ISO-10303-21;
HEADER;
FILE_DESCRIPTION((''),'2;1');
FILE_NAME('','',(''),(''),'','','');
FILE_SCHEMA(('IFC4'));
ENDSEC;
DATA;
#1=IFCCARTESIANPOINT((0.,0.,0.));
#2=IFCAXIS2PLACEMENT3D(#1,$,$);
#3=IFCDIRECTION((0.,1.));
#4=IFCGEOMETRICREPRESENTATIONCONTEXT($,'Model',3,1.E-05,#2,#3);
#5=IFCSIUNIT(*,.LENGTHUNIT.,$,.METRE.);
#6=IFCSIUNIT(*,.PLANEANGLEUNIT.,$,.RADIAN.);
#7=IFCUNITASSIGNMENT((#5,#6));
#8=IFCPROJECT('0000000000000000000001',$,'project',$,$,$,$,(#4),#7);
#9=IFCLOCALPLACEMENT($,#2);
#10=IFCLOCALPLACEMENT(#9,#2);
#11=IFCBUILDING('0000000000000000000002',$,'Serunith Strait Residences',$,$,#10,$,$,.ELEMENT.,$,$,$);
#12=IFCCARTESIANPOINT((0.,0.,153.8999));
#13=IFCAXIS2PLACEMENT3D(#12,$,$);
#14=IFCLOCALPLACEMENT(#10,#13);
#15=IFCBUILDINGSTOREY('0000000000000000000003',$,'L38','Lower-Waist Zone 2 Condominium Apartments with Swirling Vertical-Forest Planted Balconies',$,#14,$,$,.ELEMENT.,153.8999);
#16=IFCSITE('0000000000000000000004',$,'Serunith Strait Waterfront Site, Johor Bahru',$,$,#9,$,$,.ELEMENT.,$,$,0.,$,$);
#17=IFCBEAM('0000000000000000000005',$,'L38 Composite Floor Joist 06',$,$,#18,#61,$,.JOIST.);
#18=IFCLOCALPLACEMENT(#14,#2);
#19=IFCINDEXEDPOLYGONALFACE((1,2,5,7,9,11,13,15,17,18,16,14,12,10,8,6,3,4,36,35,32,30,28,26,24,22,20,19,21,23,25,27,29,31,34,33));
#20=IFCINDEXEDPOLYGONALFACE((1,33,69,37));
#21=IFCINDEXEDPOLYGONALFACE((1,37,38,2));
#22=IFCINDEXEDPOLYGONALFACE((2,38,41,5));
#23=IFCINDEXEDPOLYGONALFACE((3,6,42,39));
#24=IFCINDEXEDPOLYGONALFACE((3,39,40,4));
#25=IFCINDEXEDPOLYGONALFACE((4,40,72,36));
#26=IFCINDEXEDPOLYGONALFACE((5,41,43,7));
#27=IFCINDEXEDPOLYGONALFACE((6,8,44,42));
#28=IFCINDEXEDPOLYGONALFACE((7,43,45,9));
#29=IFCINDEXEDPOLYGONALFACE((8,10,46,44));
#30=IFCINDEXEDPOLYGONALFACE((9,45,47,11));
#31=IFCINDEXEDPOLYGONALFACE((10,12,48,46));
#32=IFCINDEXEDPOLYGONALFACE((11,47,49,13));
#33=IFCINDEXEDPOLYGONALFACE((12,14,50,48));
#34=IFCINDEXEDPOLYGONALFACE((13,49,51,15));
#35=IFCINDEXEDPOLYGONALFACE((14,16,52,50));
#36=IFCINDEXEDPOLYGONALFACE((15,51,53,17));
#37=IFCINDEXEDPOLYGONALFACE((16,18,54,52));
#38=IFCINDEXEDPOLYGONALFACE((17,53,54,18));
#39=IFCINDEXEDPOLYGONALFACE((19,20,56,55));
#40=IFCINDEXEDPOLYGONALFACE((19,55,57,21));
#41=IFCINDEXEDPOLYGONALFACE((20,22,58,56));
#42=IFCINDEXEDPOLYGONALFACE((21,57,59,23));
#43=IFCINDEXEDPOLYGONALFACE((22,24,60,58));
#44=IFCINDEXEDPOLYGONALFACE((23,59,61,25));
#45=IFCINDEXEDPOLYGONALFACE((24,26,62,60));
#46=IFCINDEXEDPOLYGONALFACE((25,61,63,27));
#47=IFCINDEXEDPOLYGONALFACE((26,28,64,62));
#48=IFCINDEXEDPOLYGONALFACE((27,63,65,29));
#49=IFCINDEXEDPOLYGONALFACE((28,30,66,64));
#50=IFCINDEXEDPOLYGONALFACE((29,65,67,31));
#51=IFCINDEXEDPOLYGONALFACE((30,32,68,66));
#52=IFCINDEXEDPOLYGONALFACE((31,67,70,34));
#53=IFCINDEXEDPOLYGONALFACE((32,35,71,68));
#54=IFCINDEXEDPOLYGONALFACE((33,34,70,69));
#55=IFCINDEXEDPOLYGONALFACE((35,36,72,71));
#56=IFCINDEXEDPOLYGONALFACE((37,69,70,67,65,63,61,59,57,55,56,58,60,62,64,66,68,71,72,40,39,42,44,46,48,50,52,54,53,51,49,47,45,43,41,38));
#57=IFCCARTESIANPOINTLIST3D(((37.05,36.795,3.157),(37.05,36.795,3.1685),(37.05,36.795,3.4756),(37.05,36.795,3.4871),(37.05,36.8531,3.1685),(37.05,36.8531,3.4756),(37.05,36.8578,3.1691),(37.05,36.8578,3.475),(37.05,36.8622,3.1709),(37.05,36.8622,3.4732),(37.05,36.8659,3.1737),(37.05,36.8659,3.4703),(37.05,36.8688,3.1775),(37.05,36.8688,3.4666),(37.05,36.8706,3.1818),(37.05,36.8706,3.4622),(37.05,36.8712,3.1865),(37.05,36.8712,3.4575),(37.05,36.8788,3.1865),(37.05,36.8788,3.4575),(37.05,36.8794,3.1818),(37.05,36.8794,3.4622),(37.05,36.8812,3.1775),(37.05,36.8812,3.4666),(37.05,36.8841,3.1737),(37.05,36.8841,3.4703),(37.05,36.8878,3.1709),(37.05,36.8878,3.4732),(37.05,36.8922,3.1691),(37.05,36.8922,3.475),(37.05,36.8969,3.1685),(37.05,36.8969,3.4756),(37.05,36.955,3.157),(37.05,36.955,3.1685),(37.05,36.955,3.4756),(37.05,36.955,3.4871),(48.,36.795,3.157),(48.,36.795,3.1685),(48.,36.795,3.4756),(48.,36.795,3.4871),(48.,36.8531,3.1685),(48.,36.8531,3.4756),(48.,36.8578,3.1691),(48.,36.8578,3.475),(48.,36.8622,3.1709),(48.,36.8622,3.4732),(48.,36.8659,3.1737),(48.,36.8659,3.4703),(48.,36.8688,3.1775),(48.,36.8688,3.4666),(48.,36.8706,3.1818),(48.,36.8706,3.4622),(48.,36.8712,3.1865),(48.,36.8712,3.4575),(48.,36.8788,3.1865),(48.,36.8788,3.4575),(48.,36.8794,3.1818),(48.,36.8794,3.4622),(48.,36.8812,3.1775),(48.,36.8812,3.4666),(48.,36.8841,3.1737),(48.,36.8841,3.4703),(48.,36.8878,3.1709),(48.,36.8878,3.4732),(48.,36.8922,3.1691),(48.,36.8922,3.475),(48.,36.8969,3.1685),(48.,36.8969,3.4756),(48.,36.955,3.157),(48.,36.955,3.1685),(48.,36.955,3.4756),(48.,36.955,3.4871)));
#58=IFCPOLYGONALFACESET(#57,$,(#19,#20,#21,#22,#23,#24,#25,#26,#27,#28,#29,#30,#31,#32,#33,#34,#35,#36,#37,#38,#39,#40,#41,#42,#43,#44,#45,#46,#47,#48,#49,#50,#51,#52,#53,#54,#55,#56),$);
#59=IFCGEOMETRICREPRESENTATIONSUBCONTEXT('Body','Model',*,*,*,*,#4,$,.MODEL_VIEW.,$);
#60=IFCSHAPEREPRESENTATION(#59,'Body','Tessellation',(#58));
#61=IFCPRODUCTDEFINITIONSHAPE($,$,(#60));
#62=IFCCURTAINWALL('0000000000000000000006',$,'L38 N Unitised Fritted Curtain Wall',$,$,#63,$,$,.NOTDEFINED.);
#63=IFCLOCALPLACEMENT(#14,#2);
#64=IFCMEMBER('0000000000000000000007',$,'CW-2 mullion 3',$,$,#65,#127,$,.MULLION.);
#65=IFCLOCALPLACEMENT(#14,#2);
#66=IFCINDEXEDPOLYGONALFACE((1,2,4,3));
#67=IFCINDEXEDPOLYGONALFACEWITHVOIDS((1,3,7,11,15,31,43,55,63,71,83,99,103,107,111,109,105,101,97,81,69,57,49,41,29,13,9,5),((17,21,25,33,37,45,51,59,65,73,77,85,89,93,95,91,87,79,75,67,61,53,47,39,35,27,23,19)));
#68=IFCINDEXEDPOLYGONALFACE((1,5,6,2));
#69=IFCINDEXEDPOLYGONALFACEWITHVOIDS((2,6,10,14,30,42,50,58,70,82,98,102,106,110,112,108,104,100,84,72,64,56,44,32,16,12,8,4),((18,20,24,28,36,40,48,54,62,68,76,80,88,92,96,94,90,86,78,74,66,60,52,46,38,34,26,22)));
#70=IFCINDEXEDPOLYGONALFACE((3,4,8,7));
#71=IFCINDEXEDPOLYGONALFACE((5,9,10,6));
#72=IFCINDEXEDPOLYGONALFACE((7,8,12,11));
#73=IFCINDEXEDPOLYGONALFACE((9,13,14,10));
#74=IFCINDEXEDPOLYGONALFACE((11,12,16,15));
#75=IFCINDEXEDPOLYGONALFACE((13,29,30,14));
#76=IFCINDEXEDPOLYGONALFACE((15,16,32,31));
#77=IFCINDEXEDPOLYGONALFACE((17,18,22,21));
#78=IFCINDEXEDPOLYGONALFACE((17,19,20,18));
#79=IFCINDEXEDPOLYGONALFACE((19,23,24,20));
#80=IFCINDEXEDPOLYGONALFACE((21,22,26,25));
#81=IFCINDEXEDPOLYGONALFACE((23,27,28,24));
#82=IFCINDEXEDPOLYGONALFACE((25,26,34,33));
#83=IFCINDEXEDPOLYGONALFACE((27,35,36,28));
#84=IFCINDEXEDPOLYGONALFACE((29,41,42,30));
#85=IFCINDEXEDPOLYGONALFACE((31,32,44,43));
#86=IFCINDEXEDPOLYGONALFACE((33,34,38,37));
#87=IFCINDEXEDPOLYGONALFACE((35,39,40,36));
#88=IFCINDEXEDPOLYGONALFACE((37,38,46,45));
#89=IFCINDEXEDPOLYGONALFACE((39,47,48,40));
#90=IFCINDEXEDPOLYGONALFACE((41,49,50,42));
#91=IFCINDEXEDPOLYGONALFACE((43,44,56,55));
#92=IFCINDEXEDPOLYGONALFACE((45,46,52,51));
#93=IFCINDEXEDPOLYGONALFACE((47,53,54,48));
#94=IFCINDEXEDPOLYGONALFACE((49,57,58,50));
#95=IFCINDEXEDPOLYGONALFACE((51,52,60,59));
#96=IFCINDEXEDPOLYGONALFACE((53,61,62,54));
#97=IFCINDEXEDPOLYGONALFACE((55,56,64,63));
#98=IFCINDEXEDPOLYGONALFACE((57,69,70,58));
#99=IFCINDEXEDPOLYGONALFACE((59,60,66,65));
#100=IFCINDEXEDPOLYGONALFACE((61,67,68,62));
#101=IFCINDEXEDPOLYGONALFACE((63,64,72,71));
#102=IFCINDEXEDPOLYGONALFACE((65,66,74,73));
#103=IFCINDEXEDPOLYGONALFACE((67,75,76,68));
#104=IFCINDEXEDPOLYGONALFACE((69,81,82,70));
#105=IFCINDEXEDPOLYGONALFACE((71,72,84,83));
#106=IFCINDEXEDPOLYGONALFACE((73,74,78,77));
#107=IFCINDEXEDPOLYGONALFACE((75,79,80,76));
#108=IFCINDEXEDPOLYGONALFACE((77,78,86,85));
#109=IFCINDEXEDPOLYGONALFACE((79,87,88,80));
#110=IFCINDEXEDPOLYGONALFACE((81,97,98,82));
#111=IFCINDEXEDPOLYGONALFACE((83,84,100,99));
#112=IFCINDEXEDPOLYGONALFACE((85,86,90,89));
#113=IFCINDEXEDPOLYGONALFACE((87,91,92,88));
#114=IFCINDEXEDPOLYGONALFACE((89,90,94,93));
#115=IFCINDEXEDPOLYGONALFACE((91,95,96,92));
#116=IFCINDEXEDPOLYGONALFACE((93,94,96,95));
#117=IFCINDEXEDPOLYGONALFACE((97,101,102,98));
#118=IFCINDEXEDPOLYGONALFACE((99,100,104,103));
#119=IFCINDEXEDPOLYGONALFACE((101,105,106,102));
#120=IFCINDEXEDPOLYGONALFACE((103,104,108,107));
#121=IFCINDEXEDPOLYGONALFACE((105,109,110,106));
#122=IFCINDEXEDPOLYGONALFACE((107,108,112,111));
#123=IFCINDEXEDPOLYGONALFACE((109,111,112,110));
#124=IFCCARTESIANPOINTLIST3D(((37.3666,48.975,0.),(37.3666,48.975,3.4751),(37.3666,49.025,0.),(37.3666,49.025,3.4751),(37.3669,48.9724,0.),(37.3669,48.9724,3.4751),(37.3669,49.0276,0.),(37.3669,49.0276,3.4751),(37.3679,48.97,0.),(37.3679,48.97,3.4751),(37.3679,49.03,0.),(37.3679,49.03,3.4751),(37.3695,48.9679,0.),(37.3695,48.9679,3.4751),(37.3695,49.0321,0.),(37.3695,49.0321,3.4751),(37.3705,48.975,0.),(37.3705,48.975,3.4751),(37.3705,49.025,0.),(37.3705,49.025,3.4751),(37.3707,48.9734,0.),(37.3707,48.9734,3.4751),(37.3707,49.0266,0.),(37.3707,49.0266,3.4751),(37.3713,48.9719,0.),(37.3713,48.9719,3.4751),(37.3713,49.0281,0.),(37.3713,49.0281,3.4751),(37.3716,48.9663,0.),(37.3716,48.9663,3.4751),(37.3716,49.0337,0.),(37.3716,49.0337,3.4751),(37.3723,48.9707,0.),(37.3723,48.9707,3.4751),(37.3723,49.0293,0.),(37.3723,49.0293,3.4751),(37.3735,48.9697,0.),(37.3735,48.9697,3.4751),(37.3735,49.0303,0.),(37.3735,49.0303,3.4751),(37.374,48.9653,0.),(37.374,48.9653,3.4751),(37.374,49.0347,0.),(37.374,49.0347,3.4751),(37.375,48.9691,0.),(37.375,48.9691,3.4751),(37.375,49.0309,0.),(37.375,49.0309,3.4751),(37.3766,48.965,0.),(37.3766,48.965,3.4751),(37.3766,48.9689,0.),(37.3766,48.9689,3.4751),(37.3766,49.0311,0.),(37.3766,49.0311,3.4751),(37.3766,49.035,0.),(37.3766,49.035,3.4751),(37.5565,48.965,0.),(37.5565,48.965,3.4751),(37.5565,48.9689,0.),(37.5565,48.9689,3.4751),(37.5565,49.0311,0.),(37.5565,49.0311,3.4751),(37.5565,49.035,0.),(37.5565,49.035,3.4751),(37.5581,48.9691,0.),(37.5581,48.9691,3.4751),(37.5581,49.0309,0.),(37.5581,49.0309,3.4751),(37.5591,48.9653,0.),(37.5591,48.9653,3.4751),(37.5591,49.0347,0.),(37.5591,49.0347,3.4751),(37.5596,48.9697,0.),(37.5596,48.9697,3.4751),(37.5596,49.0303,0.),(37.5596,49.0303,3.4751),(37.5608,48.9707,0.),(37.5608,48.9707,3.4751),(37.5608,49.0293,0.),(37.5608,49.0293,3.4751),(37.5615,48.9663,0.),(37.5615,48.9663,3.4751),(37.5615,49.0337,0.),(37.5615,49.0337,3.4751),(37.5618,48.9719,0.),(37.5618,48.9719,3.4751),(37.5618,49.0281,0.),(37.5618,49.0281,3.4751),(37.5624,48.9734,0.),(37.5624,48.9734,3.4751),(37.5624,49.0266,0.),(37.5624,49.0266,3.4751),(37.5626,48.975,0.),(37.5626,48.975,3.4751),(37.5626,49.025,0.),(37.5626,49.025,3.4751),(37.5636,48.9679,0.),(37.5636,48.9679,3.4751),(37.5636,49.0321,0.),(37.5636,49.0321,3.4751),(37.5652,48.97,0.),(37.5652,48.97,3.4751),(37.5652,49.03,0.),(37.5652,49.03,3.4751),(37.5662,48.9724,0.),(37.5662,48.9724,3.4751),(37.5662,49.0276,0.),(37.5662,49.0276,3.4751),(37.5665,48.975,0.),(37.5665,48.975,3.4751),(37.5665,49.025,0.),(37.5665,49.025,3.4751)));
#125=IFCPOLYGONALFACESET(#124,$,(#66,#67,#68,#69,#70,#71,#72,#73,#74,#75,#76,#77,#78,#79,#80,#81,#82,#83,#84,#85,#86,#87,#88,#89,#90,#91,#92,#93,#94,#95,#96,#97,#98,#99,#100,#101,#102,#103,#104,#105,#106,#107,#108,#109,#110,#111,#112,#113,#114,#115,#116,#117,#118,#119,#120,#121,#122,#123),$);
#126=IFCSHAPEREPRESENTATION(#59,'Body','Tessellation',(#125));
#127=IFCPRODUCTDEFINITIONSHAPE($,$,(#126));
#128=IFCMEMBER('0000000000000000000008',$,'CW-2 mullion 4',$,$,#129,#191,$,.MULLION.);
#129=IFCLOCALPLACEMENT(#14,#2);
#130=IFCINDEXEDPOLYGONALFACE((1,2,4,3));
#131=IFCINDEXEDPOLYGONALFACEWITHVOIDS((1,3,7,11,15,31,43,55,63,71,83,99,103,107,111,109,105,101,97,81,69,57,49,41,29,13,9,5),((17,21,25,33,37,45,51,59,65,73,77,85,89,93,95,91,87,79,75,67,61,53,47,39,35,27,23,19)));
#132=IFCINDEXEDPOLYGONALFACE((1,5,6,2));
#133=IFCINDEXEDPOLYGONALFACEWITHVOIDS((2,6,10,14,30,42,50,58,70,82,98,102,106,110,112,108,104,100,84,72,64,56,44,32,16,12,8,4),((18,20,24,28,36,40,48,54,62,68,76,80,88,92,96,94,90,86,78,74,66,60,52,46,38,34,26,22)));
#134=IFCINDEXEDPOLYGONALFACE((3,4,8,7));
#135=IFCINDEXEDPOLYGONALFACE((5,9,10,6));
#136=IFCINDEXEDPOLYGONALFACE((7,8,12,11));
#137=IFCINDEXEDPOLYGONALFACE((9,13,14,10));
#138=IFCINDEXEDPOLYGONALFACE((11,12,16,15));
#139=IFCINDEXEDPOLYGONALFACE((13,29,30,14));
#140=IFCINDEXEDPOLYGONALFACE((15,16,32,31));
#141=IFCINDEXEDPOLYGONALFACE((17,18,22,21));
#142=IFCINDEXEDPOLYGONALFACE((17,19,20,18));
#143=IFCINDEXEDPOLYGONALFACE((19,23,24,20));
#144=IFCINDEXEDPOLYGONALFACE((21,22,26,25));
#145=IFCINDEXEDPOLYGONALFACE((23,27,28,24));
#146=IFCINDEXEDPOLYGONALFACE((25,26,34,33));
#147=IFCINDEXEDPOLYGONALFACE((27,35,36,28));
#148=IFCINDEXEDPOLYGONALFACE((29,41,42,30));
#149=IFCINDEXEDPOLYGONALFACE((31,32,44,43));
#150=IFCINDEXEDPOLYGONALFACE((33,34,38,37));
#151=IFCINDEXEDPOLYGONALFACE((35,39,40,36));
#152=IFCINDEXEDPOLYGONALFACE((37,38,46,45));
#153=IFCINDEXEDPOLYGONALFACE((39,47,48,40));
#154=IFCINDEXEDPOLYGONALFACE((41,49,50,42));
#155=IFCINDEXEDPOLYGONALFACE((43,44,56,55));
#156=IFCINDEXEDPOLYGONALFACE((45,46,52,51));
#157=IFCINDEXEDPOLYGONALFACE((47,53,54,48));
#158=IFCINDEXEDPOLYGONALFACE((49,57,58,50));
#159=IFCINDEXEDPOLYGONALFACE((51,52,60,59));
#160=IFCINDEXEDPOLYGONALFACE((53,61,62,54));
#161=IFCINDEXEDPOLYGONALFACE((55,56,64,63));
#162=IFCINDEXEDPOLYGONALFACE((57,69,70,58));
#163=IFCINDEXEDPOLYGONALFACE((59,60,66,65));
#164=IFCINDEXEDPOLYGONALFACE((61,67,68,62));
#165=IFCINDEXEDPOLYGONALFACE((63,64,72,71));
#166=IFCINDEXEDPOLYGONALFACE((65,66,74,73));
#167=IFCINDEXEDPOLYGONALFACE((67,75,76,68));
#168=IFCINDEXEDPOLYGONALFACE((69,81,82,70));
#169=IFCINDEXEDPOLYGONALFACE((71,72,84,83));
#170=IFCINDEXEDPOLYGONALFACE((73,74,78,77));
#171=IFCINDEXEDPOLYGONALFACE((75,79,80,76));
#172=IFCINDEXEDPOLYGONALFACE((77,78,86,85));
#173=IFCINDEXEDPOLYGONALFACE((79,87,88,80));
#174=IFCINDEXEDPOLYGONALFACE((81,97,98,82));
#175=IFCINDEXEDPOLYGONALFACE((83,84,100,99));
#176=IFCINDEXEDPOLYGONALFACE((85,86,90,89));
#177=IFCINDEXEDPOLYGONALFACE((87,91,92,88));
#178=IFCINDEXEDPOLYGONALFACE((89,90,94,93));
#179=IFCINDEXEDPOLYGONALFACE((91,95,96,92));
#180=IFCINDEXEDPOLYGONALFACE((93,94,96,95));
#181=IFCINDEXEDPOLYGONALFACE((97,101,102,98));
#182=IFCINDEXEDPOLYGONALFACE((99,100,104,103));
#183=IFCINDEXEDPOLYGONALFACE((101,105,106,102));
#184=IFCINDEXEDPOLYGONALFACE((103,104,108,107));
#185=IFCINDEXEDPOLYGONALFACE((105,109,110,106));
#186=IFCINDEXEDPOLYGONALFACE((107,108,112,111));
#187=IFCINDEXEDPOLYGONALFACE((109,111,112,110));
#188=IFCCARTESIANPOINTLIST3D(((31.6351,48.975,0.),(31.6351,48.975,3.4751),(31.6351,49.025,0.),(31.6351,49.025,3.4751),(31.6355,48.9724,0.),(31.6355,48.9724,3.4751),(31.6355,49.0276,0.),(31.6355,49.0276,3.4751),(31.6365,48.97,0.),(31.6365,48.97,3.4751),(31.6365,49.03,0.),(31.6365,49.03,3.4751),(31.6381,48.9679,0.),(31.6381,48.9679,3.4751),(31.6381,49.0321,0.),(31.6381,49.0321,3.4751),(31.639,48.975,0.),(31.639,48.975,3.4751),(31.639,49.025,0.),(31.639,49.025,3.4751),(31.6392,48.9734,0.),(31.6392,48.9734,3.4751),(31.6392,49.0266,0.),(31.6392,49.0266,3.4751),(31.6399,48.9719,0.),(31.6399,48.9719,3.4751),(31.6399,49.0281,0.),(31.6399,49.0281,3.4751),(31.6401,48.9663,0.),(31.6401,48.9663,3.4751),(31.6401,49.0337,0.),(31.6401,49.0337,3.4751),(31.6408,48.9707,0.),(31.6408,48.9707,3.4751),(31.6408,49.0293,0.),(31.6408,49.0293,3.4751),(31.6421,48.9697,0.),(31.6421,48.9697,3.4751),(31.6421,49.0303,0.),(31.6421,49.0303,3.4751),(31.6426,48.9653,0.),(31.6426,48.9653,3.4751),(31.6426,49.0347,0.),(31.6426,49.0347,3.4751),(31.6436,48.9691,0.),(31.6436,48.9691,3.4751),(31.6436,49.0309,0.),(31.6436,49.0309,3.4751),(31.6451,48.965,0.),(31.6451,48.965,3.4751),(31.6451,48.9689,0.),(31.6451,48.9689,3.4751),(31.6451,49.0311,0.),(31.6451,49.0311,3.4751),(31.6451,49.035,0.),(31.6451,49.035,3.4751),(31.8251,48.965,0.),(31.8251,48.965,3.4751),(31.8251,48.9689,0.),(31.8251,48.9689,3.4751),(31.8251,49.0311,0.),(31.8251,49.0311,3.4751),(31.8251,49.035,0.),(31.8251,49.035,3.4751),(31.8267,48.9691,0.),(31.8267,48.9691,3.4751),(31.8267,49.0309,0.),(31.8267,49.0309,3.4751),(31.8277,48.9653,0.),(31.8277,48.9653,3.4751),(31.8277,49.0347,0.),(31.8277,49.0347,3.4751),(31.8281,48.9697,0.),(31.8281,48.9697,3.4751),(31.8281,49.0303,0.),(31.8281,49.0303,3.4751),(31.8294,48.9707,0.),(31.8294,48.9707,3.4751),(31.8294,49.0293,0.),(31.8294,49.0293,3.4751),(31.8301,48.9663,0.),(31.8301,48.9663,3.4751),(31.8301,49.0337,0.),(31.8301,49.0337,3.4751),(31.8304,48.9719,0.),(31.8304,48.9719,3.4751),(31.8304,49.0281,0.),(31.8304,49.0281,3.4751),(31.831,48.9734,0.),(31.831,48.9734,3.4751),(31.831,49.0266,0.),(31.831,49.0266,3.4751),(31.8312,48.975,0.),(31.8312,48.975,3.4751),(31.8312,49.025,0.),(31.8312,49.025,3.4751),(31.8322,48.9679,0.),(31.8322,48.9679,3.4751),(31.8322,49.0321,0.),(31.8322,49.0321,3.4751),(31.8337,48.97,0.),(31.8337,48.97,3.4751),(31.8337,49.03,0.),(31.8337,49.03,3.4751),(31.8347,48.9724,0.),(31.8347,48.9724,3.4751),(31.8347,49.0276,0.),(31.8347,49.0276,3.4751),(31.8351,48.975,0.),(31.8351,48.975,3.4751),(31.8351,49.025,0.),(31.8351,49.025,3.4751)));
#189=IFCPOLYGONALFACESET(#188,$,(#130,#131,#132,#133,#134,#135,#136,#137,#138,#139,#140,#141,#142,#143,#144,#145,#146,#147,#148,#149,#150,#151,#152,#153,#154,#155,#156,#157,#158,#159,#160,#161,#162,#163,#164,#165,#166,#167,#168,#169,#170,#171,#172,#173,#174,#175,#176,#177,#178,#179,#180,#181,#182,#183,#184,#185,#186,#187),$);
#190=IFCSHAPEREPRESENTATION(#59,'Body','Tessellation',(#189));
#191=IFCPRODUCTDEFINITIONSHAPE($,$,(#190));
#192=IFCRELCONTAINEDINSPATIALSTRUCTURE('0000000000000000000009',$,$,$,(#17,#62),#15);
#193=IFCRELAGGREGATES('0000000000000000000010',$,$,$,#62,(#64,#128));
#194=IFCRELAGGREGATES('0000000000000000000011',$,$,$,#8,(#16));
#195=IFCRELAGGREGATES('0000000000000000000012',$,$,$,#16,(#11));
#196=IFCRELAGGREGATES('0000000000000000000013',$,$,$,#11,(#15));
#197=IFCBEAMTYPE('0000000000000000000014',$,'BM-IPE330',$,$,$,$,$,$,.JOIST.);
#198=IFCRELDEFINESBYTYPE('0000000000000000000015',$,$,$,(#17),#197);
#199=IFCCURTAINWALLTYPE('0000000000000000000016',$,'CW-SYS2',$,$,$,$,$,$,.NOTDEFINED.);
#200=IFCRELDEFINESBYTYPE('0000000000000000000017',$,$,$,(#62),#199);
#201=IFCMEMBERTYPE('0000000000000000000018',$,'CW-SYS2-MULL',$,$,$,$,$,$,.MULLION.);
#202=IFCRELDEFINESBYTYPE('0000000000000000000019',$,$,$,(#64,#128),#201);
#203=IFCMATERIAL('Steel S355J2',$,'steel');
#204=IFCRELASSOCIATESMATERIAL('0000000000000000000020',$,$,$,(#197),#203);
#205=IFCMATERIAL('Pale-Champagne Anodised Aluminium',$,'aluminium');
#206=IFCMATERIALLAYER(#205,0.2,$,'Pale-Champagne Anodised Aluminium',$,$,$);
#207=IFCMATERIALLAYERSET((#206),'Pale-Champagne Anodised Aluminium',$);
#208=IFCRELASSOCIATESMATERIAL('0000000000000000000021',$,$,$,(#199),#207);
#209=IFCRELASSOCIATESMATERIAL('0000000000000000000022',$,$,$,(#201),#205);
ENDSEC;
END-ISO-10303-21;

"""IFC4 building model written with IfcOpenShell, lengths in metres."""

from ifc_helpers import new_model, si_unit, direction, frame, origin, origin_2d, place, context, subcontext, project, spatial, hollow_rectangle, i_section, extrude, source, transform, mapped, material, layer, layer_set, material_profile, profile_set, type_object, element, aggregate, save


model = new_model("IFC4")

# Units and contexts
model_context = context("Model", 3, precision=1e-05, world=origin(), true_north=direction((0.0, 1.0)))
body_context = subcontext(model_context, "Body", "Model", "MODEL_VIEW")
ifc_project = project(units=[si_unit("LENGTHUNIT", "METRE"), si_unit("PLANEANGLEUNIT", "RADIAN")], contexts=[model_context])

# Site, building, storey
site_placement = place(None, origin())
site = spatial("IfcSite", under=ifc_project, at=site_placement, Name="Serunith Strait Waterfront Site, Johor Bahru", CompositionType="ELEMENT", RefElevation=0.0)
building_placement = place(site_placement, origin())
building = spatial("IfcBuilding", under=site, at=building_placement, Name="Serunith Strait Residences", CompositionType="ELEMENT")
storey_placement = place(building_placement, frame((0.0, 0.0, 153.8999)))
storey = spatial("IfcBuildingStorey", under=building, at=storey_placement, Name="L38", Description="Lower-Waist Zone 2 Condominium Apartments with Swirling Vertical-Forest Planted Balconies", CompositionType="ELEMENT", Elevation=153.8999)

# Beam
ifc_material_1 = material(Name="Steel S355J2", Category="steel")
ifc_material_profile_1 = material_profile(ifc_material_1, i_section(OverallWidth=0.1599, OverallDepth=0.3301, WebThickness=0.0076, FlangeThickness=0.0115, FilletRadius=0.0181, at=origin_2d()), Name="IPE 330")
ifc_profile_set_1 = profile_set([ifc_material_profile_1], Name="Steel S355J2")
beam_type_1 = type_object("IfcBeamType", Name="BM-IPE330", PredefinedType="JOIST", material=ifc_profile_set_1)
shared_shape_1 = source(origin(), body_context, "Body", "SweptSolid", [
    extrude(i_section(OverallWidth=0.1599, OverallDepth=0.3301, WebThickness=0.0076, FlangeThickness=0.0115, FilletRadius=0.0181, at=origin_2d()), origin(), (0.0, 0.0, 1.0), 10.95),
])
beam_1_placement = place(storey_placement, frame((37.05, 36.875, 3.322), z_axis=(1.0, 0.0, 0.0), x_axis=(0.0, 1.0, 0.0)))
element("IfcBeam", 1, at=beam_1_placement, inside=storey, type_object=beam_type_1, Name="L38 Composite Floor Joist 06", PredefinedType="JOIST", context=body_context, shape_type="MappedRepresentation", body=[
    mapped(shared_shape_1, transform((0.0, 0.0, 0.0), scale=1.0)),
])

# Curtain wall, members
ifc_material_2 = material(Name="Pale-Champagne Anodised Aluminium", Category="aluminium")
ifc_layer_1 = layer(ifc_material_2, 0.2, Name="Pale-Champagne Anodised Aluminium")
ifc_layer_set_1 = layer_set([ifc_layer_1], Name="Pale-Champagne Anodised Aluminium")
curtain_wall_type = type_object("IfcCurtainWallType", Name="CW-SYS2", PredefinedType="NOTDEFINED", material=ifc_layer_set_1)
curtain_wall_placement = place(storey_placement, origin())
curtain_wall = element("IfcCurtainWall", 2, at=curtain_wall_placement, inside=storey, type_object=curtain_wall_type, Name="L38 N Unitised Fritted Curtain Wall", PredefinedType="NOTDEFINED")
ifc_material_profile_2 = material_profile(ifc_material_2, hollow_rectangle(XDim=0.0701, YDim=0.2, WallThickness=0.0039, InnerFilletRadius=0.0061, OuterFilletRadius=0.01, at=origin_2d()), Name="ALU 200x70x4")
ifc_profile_set_2 = profile_set([ifc_material_profile_2], Name="Pale-Champagne Anodised Aluminium")
member_type_1 = type_object("IfcMemberType", Name="CW-SYS2-MULL", PredefinedType="MULLION", material=ifc_profile_set_2)
shared_shape_2 = source(origin(), body_context, "Body", "SweptSolid", [
    extrude(hollow_rectangle(XDim=0.0701, YDim=0.2, WallThickness=0.0039, InnerFilletRadius=0.0061, OuterFilletRadius=0.01, at=origin_2d()), origin(), (0.0, 0.0, 1.0), 3.4751),
])
member_1_placement = place(storey_placement, frame((37.4666, 49.0, 0.0), z_axis=(0.0, 0.0, 1.0), x_axis=(0.0, -1.0, 0.0)))
member_1 = element("IfcMember", 3, at=member_1_placement, type_object=member_type_1, Name="CW-2 mullion 3", PredefinedType="MULLION", context=body_context, shape_type="MappedRepresentation", body=[
    mapped(shared_shape_2, transform((0.0, 0.0, 0.0), scale=1.0)),
])
member_2_placement = place(storey_placement, frame((31.7351, 49.0, 0.0), z_axis=(0.0, 0.0, 1.0), x_axis=(0.0, -1.0, 0.0)))
member_2 = element("IfcMember", 4, at=member_2_placement, type_object=member_type_1, Name="CW-2 mullion 4", PredefinedType="MULLION", context=body_context, shape_type="MappedRepresentation", body=[
    mapped(shared_shape_2, transform((0.0, 0.0, 0.0), scale=1.0)),
])
aggregate(curtain_wall, [member_1, member_2])

save(model, "model.ifc")
